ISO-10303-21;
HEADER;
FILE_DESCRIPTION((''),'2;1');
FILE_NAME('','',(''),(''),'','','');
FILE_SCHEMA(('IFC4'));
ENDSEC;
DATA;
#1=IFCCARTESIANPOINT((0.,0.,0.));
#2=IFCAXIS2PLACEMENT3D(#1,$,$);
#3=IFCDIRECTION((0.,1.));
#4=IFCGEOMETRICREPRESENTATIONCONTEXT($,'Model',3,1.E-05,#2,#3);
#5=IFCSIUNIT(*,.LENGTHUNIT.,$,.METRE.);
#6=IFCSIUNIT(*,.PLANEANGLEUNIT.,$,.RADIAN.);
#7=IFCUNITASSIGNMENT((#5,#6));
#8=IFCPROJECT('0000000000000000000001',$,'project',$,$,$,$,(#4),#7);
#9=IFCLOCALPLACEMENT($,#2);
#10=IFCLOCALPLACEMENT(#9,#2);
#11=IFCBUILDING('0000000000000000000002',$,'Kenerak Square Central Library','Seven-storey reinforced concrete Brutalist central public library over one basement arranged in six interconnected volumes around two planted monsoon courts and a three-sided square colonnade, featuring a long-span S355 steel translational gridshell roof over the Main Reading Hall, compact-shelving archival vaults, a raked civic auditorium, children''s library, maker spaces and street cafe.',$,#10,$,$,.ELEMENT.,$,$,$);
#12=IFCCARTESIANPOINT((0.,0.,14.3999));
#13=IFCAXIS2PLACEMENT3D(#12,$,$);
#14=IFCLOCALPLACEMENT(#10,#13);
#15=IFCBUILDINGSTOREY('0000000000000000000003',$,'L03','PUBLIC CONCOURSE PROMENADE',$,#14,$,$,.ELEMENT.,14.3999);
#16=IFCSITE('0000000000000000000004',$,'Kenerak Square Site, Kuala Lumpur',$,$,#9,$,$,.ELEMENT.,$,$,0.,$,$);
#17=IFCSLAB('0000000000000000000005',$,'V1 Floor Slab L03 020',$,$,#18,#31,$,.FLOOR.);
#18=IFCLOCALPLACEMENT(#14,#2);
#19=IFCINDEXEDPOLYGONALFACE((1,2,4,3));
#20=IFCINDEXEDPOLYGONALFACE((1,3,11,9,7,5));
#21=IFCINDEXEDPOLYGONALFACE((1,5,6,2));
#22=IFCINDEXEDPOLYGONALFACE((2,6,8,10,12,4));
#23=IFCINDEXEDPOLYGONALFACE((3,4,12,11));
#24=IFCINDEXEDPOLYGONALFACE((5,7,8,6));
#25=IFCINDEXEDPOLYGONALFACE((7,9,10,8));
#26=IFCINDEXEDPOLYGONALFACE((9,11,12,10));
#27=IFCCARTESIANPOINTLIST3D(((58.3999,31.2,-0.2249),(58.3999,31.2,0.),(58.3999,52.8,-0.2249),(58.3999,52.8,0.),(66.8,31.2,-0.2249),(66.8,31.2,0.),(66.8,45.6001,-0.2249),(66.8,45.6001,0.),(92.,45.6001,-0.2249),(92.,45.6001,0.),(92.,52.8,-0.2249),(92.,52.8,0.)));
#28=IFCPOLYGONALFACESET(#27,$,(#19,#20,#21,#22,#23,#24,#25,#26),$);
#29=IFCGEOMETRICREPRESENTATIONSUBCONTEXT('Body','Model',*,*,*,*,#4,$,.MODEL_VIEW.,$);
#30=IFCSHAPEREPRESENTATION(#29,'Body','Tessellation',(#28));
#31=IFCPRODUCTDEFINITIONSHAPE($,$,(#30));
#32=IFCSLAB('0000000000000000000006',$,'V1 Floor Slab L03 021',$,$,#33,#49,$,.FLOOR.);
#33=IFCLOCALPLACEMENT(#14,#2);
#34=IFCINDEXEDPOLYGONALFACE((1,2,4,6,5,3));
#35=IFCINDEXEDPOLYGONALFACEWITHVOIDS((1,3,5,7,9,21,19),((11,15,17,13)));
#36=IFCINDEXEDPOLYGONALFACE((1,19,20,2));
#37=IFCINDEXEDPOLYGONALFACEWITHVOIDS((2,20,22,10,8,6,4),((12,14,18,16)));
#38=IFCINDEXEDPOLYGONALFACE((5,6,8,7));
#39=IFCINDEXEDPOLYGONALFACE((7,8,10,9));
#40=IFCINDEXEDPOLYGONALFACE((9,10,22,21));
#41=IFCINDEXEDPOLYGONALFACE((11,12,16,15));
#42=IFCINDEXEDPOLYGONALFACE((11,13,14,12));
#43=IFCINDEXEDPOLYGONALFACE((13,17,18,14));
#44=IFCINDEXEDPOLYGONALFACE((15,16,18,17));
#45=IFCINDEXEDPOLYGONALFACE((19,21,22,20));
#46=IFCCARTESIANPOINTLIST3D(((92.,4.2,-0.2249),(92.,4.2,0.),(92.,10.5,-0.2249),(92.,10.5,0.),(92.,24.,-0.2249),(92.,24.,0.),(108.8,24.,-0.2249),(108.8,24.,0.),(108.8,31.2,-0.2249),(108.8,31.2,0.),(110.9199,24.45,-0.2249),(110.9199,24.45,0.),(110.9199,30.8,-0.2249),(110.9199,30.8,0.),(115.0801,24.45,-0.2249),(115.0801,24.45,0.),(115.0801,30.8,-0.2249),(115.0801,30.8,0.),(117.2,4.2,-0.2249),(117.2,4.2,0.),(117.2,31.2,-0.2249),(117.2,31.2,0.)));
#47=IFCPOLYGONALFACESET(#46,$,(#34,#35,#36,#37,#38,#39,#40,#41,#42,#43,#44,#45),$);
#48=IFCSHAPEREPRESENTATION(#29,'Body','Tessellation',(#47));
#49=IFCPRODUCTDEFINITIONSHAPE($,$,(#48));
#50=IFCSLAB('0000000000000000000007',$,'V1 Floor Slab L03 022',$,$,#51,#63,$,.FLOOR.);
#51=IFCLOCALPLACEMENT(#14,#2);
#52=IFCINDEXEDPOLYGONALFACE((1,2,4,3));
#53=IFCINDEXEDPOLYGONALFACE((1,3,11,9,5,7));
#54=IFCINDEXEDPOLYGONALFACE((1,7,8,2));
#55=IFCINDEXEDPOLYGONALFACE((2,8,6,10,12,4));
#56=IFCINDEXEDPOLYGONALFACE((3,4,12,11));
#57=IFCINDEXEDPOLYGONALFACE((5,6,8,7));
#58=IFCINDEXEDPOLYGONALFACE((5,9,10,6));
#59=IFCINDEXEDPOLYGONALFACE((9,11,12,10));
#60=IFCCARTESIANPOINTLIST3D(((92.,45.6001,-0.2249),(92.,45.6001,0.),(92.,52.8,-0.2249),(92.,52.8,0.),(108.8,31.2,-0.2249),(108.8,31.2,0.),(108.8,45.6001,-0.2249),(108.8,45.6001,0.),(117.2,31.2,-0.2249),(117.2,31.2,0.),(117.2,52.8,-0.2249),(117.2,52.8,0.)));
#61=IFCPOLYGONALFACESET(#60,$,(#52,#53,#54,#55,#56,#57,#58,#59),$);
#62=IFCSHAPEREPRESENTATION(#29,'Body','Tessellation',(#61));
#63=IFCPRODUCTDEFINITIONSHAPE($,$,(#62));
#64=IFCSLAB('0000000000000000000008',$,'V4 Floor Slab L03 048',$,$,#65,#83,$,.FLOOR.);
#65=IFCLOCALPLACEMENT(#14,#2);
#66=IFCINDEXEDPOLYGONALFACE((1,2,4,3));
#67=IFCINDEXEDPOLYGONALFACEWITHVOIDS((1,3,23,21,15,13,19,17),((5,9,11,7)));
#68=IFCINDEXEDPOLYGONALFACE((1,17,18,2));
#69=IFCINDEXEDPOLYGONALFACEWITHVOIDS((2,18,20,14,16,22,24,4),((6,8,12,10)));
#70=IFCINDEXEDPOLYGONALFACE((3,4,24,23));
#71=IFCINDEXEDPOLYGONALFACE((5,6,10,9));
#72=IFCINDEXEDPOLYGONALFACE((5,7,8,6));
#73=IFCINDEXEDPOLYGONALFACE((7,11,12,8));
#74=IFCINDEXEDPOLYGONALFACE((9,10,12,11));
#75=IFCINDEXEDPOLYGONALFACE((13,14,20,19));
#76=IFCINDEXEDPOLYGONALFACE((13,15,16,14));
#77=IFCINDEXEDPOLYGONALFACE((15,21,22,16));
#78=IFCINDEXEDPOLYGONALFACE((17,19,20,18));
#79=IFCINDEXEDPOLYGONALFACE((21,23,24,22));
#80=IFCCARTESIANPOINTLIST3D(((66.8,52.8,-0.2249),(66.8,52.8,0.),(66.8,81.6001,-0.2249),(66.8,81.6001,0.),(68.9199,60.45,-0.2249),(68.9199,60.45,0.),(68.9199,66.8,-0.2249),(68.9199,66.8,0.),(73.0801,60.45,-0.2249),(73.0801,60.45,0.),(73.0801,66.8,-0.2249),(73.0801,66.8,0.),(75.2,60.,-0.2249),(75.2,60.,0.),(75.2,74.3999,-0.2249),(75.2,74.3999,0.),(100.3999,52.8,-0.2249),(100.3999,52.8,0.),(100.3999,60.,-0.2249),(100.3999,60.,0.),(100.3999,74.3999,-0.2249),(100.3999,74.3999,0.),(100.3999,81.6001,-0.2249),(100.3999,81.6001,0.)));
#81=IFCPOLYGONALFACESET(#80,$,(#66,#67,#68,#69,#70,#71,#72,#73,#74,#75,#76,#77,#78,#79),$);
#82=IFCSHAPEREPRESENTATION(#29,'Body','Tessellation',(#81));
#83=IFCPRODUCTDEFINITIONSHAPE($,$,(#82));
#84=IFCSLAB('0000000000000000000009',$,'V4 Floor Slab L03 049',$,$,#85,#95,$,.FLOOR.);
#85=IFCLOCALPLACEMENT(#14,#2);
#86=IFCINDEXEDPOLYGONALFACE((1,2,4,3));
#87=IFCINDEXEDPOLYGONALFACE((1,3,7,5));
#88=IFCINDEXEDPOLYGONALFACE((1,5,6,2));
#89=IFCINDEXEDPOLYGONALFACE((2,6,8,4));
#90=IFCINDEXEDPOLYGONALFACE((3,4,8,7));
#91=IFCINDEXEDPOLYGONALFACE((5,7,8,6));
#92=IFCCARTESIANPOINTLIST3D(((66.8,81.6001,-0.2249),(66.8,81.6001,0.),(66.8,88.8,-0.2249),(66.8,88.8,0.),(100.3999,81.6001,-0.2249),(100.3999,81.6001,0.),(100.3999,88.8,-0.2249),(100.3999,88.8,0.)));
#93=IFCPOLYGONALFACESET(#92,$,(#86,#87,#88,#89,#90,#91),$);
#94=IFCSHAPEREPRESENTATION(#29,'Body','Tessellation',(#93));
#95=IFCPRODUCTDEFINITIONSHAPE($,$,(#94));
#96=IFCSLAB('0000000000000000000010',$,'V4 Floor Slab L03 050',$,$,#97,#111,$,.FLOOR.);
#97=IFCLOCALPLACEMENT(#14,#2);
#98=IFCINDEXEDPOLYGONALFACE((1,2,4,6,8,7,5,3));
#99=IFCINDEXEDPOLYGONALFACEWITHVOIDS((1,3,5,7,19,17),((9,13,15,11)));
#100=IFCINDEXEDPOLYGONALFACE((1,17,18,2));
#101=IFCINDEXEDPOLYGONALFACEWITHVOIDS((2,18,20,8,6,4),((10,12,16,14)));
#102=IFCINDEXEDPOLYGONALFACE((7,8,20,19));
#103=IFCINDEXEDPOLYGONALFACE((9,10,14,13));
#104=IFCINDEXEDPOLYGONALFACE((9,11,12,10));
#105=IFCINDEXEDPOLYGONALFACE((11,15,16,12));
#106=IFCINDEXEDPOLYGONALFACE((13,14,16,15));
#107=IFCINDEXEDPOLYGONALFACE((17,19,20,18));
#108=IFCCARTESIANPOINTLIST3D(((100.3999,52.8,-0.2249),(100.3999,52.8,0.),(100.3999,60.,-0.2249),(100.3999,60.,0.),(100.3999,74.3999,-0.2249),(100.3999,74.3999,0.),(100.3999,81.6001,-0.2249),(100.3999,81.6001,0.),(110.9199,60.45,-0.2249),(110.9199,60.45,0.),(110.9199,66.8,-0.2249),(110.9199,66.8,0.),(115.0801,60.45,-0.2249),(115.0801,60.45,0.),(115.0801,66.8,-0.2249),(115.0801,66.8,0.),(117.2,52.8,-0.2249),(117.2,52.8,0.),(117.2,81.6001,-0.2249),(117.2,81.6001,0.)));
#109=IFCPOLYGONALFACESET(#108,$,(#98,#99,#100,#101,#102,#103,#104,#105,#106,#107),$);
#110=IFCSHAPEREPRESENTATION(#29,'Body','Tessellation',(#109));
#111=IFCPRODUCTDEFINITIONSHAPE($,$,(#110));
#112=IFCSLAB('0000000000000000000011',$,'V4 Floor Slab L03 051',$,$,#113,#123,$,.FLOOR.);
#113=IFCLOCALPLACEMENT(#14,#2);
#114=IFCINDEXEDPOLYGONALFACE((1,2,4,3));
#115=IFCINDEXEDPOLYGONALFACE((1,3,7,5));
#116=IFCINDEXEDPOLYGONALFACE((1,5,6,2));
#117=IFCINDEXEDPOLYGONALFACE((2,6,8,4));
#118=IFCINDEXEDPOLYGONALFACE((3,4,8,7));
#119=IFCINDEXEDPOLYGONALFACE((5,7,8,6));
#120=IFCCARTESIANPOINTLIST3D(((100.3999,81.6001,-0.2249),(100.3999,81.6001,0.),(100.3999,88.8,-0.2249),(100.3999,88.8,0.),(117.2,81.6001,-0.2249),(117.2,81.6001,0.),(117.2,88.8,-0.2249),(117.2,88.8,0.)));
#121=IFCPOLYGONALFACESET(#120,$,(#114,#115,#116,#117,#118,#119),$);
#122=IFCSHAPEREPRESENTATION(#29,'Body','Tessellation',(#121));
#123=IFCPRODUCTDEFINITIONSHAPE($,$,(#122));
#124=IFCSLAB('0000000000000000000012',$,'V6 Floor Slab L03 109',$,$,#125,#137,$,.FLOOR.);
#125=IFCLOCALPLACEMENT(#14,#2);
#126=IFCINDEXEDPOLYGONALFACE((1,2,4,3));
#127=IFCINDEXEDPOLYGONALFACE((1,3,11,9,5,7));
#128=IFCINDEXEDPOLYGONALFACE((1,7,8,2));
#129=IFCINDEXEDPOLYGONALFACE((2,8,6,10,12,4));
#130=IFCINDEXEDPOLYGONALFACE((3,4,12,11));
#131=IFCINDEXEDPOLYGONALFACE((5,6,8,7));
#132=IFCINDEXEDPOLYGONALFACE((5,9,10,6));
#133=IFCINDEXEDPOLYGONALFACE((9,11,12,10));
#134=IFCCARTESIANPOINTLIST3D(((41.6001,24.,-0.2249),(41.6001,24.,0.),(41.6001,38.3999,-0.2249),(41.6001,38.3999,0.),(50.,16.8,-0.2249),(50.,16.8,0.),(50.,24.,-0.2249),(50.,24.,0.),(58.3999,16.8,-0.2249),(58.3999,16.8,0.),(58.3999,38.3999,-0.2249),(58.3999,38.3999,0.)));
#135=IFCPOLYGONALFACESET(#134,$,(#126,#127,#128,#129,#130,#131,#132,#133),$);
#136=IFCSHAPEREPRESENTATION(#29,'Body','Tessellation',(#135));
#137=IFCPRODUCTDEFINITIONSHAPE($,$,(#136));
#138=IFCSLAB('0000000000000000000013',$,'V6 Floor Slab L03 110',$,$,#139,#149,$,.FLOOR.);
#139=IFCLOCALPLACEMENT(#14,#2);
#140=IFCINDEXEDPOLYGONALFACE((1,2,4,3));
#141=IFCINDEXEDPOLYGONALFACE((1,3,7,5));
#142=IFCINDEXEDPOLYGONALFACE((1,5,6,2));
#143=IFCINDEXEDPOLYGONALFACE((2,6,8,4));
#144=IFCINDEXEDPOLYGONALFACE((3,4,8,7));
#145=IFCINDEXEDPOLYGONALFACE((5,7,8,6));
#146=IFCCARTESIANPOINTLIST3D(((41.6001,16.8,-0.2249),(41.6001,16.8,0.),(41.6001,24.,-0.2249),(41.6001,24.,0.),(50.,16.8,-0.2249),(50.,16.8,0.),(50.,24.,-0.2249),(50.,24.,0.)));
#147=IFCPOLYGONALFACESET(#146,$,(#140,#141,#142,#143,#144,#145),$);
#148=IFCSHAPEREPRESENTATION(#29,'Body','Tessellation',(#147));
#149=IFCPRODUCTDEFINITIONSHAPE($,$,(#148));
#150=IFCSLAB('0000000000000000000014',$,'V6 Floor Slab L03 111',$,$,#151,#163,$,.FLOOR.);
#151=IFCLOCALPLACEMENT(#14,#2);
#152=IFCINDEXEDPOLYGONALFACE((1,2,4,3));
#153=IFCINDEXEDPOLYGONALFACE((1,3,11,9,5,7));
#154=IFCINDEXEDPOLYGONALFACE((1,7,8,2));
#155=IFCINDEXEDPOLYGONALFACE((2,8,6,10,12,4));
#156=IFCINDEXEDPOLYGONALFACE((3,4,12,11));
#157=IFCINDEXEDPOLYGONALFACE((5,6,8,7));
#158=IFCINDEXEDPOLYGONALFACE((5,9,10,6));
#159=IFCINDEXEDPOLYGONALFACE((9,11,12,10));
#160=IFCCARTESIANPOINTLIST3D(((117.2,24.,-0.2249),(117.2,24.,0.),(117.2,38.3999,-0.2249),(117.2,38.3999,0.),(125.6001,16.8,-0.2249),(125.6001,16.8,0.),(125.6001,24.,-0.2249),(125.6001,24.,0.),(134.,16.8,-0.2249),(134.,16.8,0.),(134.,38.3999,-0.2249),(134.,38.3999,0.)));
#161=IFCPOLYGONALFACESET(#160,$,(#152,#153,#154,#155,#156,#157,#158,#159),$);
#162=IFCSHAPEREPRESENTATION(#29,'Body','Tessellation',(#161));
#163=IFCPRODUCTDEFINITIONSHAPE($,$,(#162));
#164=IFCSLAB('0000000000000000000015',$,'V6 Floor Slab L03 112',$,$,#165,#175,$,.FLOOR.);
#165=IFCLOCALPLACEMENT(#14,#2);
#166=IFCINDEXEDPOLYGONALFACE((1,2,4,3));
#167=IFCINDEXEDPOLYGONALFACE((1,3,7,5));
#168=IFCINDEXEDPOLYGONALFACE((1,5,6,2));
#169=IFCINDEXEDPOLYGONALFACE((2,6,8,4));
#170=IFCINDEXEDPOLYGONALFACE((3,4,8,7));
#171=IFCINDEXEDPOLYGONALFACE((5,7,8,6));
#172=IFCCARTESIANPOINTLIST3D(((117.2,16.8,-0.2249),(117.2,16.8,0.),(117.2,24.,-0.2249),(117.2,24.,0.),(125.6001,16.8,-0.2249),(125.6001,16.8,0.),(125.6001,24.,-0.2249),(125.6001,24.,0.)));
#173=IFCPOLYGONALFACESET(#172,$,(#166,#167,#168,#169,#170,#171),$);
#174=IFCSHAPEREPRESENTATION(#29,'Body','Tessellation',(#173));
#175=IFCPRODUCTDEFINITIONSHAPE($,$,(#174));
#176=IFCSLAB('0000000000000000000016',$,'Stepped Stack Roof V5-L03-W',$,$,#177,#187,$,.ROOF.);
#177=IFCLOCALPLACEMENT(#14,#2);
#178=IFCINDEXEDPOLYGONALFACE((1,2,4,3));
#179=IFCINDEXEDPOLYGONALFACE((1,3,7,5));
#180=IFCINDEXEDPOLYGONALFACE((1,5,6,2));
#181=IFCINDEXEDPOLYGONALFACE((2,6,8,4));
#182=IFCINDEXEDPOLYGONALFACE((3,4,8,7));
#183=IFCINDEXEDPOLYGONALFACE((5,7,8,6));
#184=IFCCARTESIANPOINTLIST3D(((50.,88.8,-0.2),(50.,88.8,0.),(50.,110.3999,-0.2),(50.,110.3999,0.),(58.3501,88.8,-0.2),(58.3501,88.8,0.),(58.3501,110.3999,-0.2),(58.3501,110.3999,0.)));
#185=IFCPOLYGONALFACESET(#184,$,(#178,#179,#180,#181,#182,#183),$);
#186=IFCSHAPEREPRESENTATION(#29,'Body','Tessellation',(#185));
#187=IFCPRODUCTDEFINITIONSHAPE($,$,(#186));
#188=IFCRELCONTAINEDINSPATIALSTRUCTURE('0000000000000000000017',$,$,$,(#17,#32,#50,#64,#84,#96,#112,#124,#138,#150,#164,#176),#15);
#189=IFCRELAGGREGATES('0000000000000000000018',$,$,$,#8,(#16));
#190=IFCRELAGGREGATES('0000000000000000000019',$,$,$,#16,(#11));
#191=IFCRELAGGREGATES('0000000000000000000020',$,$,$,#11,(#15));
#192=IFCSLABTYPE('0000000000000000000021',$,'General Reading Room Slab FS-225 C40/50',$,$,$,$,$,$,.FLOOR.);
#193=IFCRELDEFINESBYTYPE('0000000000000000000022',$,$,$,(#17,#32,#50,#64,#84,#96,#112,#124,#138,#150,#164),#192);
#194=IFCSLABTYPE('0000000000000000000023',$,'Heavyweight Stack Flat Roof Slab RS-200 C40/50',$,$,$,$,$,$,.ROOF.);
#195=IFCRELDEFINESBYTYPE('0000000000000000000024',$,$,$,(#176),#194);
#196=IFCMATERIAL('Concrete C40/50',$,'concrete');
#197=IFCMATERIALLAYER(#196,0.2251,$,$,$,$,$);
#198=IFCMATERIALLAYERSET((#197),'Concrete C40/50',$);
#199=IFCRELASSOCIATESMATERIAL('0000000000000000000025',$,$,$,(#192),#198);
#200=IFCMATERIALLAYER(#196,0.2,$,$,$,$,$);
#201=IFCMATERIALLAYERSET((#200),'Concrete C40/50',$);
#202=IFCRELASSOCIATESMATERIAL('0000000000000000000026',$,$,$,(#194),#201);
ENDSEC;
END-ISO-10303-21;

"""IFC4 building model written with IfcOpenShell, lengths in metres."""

from ifc_helpers import new_model, si_unit, direction, frame, origin, place, context, subcontext, project, spatial, polyline, outline, extrude, material, layer, layer_set, type_object, element, save


model = new_model("IFC4")

# Units and contexts
model_context = context("Model", 3, precision=1e-05, world=origin(), true_north=direction((0.0, 1.0)))
body_context = subcontext(model_context, "Body", "Model", "MODEL_VIEW")
ifc_project = project(units=[si_unit("LENGTHUNIT", "METRE"), si_unit("PLANEANGLEUNIT", "RADIAN")], contexts=[model_context])

# Site, building, storey
site_placement = place(None, origin())
site = spatial("IfcSite", under=ifc_project, at=site_placement, Name="Kenerak Square Site, Kuala Lumpur", CompositionType="ELEMENT", RefElevation=0.0)
building_placement = place(site_placement, origin())
building = spatial("IfcBuilding", under=site, at=building_placement, Name="Kenerak Square Central Library", Description="Seven-storey reinforced concrete Brutalist central public library over one basement arranged in six interconnected volumes around two planted monsoon courts and a three-sided square colonnade, featuring a long-span S355 steel translational gridshell roof over the Main Reading Hall, compact-shelving archival vaults, a raked civic auditorium, children's library, maker spaces and street cafe.", CompositionType="ELEMENT")
storey_placement = place(building_placement, frame((0.0, 0.0, 14.3999)))
storey = spatial("IfcBuildingStorey", under=building, at=storey_placement, Name="L03", Description="PUBLIC CONCOURSE PROMENADE", CompositionType="ELEMENT", Elevation=14.3999)

# Shared definitions
ifc_material_1 = material(Name="Concrete C40/50", Category="concrete")

# Slabs
ifc_layer_1 = layer(ifc_material_1, 0.2251)
ifc_layer_set_1 = layer_set([ifc_layer_1], Name="Concrete C40/50")
slab_type_1 = type_object("IfcSlabType", Name="General Reading Room Slab FS-225 C40/50", PredefinedType="FLOOR", material=ifc_layer_set_1)
slab_1_placement = place(storey_placement, frame((0.0, 0.0, -0.2249)))
element("IfcSlab", 1, at=slab_1_placement, inside=storey, type_object=slab_type_1, Name="V1 Floor Slab L03 020", PredefinedType="FLOOR", context=body_context, shape_type="SweptSolid", body=[
    extrude(outline(polyline([(58.3999, 52.8), (92.0, 52.8), (92.0, 45.6001), (66.8, 45.6001), (66.8, 31.2), (58.3999, 31.2), (58.3999, 52.8)])), origin(), (0.0, 0.0, 1.0), 0.2249),
])
slab_2_placement = place(storey_placement, frame((0.0, 0.0, -0.2249)))
element("IfcSlab", 2, at=slab_2_placement, inside=storey, type_object=slab_type_1, Name="V1 Floor Slab L03 021", PredefinedType="FLOOR", context=body_context, shape_type="SweptSolid", body=[
    extrude(outline(polyline([(117.2, 4.2), (92.0, 4.2), (92.0, 10.5), (92.0, 24.0), (108.8, 24.0), (108.8, 31.2), (117.2, 31.2), (117.2, 4.2)]), holes=[polyline([(115.0801, 24.45), (115.0801, 30.8), (110.9199, 30.8), (110.9199, 24.45), (115.0801, 24.45)])]), origin(), (0.0, 0.0, 1.0), 0.2249),
])
slab_3_placement = place(storey_placement, frame((0.0, 0.0, -0.2249)))
element("IfcSlab", 3, at=slab_3_placement, inside=storey, type_object=slab_type_1, Name="V1 Floor Slab L03 022", PredefinedType="FLOOR", context=body_context, shape_type="SweptSolid", body=[
    extrude(outline(polyline([(117.2, 52.8), (117.2, 31.2), (108.8, 31.2), (108.8, 45.6001), (92.0, 45.6001), (92.0, 52.8), (117.2, 52.8)])), origin(), (0.0, 0.0, 1.0), 0.2249),
])
slab_4_placement = place(storey_placement, frame((0.0, 0.0, -0.2249)))
element("IfcSlab", 4, at=slab_4_placement, inside=storey, type_object=slab_type_1, Name="V4 Floor Slab L03 048", PredefinedType="FLOOR", context=body_context, shape_type="SweptSolid", body=[
    extrude(outline(polyline([(100.3999, 52.8), (66.8, 52.8), (66.8, 81.6001), (100.3999, 81.6001), (100.3999, 74.3999), (75.2, 74.3999), (75.2, 60.0), (100.3999, 60.0), (100.3999, 52.8)]), holes=[polyline([(73.0801, 60.45), (73.0801, 66.8), (68.9199, 66.8), (68.9199, 60.45), (73.0801, 60.45)])]), origin(), (0.0, 0.0, 1.0), 0.2249),
])
slab_5_placement = place(storey_placement, frame((0.0, 0.0, -0.2249)))
element("IfcSlab", 5, at=slab_5_placement, inside=storey, type_object=slab_type_1, Name="V4 Floor Slab L03 049", PredefinedType="FLOOR", context=body_context, shape_type="SweptSolid", body=[
    extrude(outline(polyline([(66.8, 81.6001), (66.8, 88.8), (100.3999, 88.8), (100.3999, 81.6001), (66.8, 81.6001)])), origin(), (0.0, 0.0, 1.0), 0.2249),
])
slab_6_placement = place(storey_placement, frame((0.0, 0.0, -0.2249)))
element("IfcSlab", 6, at=slab_6_placement, inside=storey, type_object=slab_type_1, Name="V4 Floor Slab L03 050", PredefinedType="FLOOR", context=body_context, shape_type="SweptSolid", body=[
    extrude(outline(polyline([(100.3999, 81.6001), (117.2, 81.6001), (117.2, 52.8), (100.3999, 52.8), (100.3999, 60.0), (100.3999, 74.3999), (100.3999, 81.6001)]), holes=[polyline([(115.0801, 60.45), (115.0801, 66.8), (110.9199, 66.8), (110.9199, 60.45), (115.0801, 60.45)])]), origin(), (0.0, 0.0, 1.0), 0.2249),
])
slab_7_placement = place(storey_placement, frame((0.0, 0.0, -0.2249)))
element("IfcSlab", 7, at=slab_7_placement, inside=storey, type_object=slab_type_1, Name="V4 Floor Slab L03 051", PredefinedType="FLOOR", context=body_context, shape_type="SweptSolid", body=[
    extrude(outline(polyline([(100.3999, 81.6001), (100.3999, 88.8), (117.2, 88.8), (117.2, 81.6001), (100.3999, 81.6001)])), origin(), (0.0, 0.0, 1.0), 0.2249),
])
slab_8_placement = place(storey_placement, frame((0.0, 0.0, -0.2249)))
element("IfcSlab", 8, at=slab_8_placement, inside=storey, type_object=slab_type_1, Name="V6 Floor Slab L03 109", PredefinedType="FLOOR", context=body_context, shape_type="SweptSolid", body=[
    extrude(outline(polyline([(41.6001, 38.3999), (58.3999, 38.3999), (58.3999, 16.8), (50.0, 16.8), (50.0, 24.0), (41.6001, 24.0), (41.6001, 38.3999)])), origin(), (0.0, 0.0, 1.0), 0.2249),
])
slab_9_placement = place(storey_placement, frame((0.0, 0.0, -0.2249)))
element("IfcSlab", 9, at=slab_9_placement, inside=storey, type_object=slab_type_1, Name="V6 Floor Slab L03 110", PredefinedType="FLOOR", context=body_context, shape_type="SweptSolid", body=[
    extrude(outline(polyline([(50.0, 16.8), (50.0, 24.0), (41.6001, 24.0), (41.6001, 16.8), (50.0, 16.8)])), origin(), (0.0, 0.0, 1.0), 0.2249),
])
slab_10_placement = place(storey_placement, frame((0.0, 0.0, -0.2249)))
element("IfcSlab", 10, at=slab_10_placement, inside=storey, type_object=slab_type_1, Name="V6 Floor Slab L03 111", PredefinedType="FLOOR", context=body_context, shape_type="SweptSolid", body=[
    extrude(outline(polyline([(117.2, 38.3999), (134.0, 38.3999), (134.0, 16.8), (125.6001, 16.8), (125.6001, 24.0), (117.2, 24.0), (117.2, 38.3999)])), origin(), (0.0, 0.0, 1.0), 0.2249),
])
slab_11_placement = place(storey_placement, frame((0.0, 0.0, -0.2249)))
element("IfcSlab", 11, at=slab_11_placement, inside=storey, type_object=slab_type_1, Name="V6 Floor Slab L03 112", PredefinedType="FLOOR", context=body_context, shape_type="SweptSolid", body=[
    extrude(outline(polyline([(125.6001, 16.8), (125.6001, 24.0), (117.2, 24.0), (117.2, 16.8), (125.6001, 16.8)])), origin(), (0.0, 0.0, 1.0), 0.2249),
])
ifc_layer_2 = layer(ifc_material_1, 0.2)
ifc_layer_set_2 = layer_set([ifc_layer_2], Name="Concrete C40/50")
slab_type_2 = type_object("IfcSlabType", Name="Heavyweight Stack Flat Roof Slab RS-200 C40/50", PredefinedType="ROOF", material=ifc_layer_set_2)
slab_12_placement = place(storey_placement, frame((0.0, 0.0, -0.2)))
element("IfcSlab", 12, at=slab_12_placement, inside=storey, type_object=slab_type_2, Name="Stepped Stack Roof V5-L03-W", PredefinedType="ROOF", context=body_context, shape_type="SweptSolid", body=[
    extrude(outline(polyline([(50.0, 88.8), (58.3501, 88.8), (58.3501, 110.3999), (50.0, 110.3999), (50.0, 88.8)])), origin(), (0.0, 0.0, 1.0), 0.2),
])

save(model, "model.ifc")
